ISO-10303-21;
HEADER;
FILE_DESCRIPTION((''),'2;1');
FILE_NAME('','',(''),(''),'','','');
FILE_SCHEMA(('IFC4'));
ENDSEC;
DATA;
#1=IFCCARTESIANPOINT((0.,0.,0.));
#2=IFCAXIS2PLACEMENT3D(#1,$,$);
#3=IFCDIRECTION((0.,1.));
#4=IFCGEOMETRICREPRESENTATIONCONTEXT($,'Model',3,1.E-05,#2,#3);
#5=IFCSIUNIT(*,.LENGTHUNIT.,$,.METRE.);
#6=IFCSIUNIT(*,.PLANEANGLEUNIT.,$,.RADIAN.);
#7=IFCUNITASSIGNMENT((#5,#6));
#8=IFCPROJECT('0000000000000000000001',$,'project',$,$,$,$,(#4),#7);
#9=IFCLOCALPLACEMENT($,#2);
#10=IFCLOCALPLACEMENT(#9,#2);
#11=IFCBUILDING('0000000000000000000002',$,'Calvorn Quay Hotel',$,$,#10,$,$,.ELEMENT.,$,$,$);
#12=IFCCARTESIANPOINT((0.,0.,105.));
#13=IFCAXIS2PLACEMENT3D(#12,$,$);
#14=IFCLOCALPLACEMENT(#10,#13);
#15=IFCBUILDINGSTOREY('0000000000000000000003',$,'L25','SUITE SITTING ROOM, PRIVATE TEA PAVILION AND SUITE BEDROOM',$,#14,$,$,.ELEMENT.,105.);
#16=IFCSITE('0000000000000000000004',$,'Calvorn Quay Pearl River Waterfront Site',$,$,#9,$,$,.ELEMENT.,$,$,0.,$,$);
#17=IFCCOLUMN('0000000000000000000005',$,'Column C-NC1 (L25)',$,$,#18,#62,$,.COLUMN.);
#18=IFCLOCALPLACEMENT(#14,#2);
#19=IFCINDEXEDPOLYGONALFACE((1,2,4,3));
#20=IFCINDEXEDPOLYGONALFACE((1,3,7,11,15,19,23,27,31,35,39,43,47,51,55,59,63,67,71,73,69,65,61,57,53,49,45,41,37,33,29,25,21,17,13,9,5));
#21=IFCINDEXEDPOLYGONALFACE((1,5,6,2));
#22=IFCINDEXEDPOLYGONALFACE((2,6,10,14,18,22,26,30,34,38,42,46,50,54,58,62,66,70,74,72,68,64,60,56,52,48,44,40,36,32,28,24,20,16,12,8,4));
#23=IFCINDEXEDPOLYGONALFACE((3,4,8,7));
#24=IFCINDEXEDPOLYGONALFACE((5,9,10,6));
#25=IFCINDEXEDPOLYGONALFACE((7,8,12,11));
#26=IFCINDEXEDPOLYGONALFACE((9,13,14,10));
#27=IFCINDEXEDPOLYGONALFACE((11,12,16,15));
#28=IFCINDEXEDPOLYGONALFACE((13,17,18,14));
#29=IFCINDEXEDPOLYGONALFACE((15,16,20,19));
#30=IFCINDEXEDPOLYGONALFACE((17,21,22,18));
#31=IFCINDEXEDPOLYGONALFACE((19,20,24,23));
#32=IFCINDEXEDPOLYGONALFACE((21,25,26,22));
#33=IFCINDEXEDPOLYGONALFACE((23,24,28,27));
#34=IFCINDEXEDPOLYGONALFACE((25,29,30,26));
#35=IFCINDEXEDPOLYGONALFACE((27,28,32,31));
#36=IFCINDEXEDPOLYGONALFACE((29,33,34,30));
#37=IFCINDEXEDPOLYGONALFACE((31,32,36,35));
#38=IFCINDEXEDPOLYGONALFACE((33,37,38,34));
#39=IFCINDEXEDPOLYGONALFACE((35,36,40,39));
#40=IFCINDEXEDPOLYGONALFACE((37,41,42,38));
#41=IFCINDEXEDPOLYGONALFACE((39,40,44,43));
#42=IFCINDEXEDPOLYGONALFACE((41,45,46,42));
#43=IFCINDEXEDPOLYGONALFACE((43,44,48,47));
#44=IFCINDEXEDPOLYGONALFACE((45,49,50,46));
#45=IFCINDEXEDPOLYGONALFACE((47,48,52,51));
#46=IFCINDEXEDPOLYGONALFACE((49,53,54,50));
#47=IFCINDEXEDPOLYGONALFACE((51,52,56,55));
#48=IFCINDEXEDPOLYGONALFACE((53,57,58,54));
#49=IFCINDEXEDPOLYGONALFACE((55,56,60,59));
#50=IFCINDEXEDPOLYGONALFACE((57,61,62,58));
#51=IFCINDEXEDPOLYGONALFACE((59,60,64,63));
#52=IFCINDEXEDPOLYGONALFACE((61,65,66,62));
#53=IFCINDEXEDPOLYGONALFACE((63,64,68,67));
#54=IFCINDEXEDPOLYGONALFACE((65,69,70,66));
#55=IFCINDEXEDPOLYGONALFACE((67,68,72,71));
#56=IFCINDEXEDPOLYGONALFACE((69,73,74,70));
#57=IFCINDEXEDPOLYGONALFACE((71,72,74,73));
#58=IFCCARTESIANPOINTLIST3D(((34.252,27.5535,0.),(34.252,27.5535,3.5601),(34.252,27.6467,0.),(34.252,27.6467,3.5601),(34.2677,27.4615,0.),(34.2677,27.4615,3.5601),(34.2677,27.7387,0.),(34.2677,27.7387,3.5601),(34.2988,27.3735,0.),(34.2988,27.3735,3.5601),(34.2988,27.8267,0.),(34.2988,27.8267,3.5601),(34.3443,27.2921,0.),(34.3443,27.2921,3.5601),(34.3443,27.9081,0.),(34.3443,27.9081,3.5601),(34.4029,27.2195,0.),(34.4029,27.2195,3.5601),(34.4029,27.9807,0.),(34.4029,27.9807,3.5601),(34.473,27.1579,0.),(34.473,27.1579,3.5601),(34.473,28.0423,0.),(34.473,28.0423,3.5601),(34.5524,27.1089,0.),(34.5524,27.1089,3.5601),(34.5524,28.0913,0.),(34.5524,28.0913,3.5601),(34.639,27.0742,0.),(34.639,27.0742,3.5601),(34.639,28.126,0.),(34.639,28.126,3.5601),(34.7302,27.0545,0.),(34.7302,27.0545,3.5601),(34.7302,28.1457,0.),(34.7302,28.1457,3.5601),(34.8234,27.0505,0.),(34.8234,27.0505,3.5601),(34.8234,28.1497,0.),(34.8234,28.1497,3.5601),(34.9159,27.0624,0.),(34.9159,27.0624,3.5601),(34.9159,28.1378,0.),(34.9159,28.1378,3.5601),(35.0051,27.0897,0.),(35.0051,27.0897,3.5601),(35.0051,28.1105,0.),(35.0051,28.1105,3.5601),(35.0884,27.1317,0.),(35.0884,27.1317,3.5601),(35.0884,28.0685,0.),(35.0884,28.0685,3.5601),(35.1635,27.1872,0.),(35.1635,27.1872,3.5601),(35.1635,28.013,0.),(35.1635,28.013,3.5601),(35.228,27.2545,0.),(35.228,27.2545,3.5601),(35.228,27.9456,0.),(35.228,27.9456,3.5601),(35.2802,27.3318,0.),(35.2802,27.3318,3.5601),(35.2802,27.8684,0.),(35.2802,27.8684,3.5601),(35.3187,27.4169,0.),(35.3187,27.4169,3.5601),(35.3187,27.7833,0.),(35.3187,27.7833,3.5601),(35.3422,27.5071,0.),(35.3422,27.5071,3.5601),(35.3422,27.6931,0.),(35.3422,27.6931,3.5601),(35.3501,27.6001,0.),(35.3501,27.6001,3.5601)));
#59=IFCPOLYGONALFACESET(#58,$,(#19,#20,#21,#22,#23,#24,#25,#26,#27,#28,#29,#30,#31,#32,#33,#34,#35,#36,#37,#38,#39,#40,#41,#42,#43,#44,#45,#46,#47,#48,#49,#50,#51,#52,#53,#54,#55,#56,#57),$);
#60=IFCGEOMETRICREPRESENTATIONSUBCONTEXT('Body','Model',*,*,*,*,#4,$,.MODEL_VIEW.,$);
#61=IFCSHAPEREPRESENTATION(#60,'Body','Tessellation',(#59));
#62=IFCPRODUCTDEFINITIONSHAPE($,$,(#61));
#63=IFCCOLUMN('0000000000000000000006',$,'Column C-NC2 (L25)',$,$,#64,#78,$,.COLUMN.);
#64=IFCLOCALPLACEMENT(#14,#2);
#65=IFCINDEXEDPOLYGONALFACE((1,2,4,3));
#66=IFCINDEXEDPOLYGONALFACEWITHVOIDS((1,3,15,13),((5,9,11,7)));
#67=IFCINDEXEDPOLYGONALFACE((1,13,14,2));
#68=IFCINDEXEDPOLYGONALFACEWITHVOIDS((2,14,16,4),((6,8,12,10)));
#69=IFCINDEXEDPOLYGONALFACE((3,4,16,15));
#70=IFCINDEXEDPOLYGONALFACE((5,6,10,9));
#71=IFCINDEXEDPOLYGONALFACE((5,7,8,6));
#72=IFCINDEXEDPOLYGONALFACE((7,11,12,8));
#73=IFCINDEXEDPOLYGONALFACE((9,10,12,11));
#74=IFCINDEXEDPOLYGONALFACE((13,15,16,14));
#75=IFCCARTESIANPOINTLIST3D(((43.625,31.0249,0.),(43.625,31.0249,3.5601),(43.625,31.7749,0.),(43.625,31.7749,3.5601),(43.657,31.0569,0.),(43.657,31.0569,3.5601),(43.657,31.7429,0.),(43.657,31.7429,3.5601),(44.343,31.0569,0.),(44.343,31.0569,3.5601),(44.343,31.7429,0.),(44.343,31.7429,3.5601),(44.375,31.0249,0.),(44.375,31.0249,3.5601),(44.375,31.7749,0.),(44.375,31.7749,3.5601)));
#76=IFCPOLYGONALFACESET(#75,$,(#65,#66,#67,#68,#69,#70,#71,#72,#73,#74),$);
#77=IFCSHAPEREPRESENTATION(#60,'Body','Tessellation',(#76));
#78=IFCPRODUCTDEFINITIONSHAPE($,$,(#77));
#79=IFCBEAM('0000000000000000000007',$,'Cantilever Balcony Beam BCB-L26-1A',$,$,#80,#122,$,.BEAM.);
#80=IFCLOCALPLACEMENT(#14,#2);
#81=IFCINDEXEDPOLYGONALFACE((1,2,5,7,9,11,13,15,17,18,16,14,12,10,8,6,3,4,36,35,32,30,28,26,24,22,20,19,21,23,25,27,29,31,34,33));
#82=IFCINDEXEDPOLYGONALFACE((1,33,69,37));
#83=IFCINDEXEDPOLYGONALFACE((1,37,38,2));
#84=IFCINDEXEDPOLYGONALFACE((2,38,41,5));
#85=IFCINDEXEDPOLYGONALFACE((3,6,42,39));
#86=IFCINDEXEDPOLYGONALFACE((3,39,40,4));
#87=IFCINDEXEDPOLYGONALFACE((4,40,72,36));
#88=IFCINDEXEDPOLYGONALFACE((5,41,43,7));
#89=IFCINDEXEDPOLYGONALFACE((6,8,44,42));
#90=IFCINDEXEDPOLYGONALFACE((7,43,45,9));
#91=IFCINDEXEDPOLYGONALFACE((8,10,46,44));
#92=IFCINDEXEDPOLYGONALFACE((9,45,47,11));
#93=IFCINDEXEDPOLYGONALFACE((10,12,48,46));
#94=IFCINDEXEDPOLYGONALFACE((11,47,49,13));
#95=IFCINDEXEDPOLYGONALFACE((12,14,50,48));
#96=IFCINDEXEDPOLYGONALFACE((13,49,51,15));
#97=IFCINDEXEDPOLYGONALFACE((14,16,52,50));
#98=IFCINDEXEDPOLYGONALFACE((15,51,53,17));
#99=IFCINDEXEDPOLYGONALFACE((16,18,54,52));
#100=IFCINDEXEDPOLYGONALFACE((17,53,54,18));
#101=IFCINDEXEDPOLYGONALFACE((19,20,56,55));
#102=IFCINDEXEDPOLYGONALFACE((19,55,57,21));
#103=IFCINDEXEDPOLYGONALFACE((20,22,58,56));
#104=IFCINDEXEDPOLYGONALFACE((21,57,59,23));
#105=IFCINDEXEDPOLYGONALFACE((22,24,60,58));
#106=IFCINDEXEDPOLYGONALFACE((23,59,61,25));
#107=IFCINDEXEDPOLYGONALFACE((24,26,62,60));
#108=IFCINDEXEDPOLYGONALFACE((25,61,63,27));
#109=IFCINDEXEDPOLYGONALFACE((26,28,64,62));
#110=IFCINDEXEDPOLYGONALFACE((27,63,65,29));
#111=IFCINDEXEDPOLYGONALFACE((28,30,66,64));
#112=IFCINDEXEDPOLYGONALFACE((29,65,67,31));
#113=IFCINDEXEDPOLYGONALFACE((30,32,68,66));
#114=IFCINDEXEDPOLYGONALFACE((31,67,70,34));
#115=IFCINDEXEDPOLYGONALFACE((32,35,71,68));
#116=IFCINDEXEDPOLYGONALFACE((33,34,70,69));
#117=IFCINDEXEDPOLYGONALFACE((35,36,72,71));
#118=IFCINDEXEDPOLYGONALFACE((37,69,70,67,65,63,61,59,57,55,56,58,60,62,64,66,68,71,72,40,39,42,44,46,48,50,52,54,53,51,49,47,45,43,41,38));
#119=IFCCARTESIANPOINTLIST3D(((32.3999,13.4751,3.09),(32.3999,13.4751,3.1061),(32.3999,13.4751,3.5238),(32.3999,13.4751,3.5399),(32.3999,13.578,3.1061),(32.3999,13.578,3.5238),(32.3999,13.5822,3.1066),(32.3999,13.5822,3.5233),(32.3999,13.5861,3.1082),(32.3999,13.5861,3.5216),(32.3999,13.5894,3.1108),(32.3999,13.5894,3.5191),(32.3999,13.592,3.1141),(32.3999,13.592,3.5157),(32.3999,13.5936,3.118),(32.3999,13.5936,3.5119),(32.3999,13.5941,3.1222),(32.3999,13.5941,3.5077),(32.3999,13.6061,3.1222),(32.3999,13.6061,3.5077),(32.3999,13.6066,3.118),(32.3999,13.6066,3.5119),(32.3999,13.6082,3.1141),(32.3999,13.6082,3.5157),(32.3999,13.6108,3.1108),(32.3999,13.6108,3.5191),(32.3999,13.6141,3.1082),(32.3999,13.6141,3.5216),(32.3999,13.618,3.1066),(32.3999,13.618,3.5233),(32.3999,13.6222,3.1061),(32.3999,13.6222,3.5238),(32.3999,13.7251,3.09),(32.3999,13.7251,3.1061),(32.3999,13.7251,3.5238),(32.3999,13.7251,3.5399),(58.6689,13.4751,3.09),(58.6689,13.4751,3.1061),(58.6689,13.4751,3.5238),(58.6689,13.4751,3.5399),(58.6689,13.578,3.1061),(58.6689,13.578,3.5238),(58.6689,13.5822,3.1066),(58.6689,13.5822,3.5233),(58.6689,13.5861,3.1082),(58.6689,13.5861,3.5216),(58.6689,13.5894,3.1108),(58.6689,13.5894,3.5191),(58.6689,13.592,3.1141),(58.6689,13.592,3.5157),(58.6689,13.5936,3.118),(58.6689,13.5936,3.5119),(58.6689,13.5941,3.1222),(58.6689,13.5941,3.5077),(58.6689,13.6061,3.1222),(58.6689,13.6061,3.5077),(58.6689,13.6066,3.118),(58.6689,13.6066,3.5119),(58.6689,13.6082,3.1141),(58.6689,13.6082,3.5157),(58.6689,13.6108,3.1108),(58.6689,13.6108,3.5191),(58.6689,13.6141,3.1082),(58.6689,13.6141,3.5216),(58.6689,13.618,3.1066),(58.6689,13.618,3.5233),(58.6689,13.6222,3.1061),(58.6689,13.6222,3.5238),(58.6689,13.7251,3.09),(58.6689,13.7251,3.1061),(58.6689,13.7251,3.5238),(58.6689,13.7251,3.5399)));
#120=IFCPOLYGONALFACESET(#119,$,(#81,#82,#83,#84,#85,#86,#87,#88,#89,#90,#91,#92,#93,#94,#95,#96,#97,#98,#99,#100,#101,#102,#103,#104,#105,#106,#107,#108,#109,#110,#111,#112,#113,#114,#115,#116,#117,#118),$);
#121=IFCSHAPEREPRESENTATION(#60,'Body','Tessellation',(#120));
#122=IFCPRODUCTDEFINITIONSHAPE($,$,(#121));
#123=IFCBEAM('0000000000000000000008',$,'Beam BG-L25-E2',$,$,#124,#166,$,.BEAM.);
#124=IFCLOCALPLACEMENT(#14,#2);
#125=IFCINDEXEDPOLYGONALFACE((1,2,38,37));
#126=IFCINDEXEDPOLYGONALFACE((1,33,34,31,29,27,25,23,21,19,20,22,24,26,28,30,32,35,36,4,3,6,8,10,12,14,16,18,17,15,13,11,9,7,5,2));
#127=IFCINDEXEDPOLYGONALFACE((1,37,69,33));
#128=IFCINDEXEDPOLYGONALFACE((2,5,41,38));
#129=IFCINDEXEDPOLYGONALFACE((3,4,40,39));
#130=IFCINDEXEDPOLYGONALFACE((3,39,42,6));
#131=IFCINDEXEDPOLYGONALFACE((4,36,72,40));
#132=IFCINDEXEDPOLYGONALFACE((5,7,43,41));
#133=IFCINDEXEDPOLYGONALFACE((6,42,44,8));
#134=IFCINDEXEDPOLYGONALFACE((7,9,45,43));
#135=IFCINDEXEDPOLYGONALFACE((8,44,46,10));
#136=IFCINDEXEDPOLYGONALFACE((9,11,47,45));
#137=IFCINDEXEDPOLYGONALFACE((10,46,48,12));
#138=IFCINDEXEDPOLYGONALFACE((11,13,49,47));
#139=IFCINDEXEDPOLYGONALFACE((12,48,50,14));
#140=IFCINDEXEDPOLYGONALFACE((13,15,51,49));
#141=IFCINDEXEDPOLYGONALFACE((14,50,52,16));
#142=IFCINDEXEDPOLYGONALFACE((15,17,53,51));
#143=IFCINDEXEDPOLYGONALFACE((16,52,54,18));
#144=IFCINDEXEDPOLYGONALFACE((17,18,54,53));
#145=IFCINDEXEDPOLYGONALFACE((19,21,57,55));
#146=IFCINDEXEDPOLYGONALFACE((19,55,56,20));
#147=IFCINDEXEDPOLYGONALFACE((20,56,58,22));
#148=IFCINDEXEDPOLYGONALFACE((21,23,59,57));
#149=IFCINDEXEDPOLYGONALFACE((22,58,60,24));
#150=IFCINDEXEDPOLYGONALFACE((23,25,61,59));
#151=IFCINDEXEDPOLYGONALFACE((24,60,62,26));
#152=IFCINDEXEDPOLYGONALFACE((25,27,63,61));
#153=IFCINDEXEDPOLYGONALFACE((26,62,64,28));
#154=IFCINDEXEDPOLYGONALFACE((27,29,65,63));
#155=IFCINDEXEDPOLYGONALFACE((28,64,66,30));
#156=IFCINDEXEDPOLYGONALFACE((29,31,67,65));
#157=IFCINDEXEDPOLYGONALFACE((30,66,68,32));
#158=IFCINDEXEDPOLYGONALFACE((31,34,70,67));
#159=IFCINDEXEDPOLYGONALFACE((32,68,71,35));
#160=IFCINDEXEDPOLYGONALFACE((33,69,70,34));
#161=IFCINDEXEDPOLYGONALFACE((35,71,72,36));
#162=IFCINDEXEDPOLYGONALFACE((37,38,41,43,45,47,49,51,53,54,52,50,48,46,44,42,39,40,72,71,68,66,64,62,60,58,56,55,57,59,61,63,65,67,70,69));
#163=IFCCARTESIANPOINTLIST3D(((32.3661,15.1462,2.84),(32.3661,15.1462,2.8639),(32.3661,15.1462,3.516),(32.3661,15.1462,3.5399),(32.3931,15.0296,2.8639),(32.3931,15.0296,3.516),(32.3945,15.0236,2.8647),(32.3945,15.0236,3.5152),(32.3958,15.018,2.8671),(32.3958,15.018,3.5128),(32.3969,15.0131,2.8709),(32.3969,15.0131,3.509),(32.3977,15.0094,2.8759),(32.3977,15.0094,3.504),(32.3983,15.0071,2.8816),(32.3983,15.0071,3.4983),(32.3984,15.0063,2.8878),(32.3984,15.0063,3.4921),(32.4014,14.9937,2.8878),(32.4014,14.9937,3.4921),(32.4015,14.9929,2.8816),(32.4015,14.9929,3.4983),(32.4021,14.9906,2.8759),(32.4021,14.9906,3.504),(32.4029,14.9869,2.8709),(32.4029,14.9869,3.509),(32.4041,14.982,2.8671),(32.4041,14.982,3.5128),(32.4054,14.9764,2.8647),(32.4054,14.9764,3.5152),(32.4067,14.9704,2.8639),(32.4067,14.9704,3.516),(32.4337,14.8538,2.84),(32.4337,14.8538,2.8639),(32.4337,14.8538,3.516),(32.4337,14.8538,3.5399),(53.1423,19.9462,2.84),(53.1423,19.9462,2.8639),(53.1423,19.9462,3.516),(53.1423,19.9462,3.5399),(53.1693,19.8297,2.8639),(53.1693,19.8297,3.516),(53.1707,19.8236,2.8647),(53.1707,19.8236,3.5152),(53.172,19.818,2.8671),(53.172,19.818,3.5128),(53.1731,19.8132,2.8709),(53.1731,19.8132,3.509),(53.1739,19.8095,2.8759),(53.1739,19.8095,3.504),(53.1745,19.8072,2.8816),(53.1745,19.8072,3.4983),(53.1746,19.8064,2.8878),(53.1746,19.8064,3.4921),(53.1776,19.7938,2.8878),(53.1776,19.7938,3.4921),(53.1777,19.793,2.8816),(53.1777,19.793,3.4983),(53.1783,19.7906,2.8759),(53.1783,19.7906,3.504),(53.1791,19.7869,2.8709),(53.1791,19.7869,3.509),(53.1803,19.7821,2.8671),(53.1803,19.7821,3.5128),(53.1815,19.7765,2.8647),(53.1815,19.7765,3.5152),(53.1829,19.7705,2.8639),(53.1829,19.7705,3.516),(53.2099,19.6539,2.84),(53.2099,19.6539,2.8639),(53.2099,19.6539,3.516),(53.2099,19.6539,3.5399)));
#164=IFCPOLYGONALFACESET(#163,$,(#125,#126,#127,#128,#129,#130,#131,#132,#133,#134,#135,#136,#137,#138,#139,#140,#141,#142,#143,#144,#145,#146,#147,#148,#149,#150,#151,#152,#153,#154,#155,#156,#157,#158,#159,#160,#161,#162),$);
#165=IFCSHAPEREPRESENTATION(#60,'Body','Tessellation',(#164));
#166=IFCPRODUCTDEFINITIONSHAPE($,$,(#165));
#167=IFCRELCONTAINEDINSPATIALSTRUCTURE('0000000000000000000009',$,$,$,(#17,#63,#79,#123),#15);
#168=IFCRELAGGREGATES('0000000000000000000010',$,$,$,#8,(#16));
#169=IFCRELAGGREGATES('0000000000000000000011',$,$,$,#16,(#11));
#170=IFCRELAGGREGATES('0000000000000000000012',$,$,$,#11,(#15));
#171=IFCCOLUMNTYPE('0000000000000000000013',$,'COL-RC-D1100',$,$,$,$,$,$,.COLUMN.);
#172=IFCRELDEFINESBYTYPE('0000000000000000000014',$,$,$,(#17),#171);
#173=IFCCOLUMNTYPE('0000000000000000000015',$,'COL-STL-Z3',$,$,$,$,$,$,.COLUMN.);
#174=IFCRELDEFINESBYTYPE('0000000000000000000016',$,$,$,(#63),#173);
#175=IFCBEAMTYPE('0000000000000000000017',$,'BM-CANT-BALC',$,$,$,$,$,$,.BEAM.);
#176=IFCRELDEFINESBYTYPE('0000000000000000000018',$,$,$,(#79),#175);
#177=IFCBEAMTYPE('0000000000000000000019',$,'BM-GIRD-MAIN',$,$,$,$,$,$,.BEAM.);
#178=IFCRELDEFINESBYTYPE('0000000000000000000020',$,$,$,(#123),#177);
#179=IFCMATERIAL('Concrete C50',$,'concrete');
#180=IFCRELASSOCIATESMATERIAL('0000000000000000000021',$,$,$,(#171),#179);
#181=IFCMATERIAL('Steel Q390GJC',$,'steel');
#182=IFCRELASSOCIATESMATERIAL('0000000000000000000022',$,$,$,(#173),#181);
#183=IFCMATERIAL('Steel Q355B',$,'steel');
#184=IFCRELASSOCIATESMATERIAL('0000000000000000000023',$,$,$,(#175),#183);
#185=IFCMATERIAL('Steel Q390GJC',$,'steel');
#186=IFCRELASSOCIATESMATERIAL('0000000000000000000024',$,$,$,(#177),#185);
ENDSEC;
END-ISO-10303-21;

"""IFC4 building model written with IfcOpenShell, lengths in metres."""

from ifc_helpers import new_model, si_unit, direction, frame, origin, origin_2d, place, context, subcontext, project, spatial, hollow_rectangle, circle, i_section, extrude, material, material_profile, profile_set, type_object, element, save


model = new_model("IFC4")

# Units and contexts
model_context = context("Model", 3, precision=1e-05, world=origin(), true_north=direction((0.0, 1.0)))
body_context = subcontext(model_context, "Body", "Model", "MODEL_VIEW")
ifc_project = project(units=[si_unit("LENGTHUNIT", "METRE"), si_unit("PLANEANGLEUNIT", "RADIAN")], contexts=[model_context])

# Site, building, storey
site_placement = place(None, origin())
site = spatial("IfcSite", under=ifc_project, at=site_placement, Name="Calvorn Quay Pearl River Waterfront Site", CompositionType="ELEMENT", RefElevation=0.0)
building_placement = place(site_placement, origin())
building = spatial("IfcBuilding", under=site, at=building_placement, Name="Calvorn Quay Hotel", CompositionType="ELEMENT")
storey_placement = place(building_placement, frame((0.0, 0.0, 105.0)))
storey = spatial("IfcBuildingStorey", under=building, at=storey_placement, Name="L25", Description="SUITE SITTING ROOM, PRIVATE TEA PAVILION AND SUITE BEDROOM", CompositionType="ELEMENT", Elevation=105.0)

# Columns
ifc_material_1 = material(Name="Concrete C50", Category="concrete")
ifc_material_profile_1 = material_profile(ifc_material_1, circle(Radius=0.55, at=origin_2d()), Name="RCD1100")
ifc_profile_set_1 = profile_set([ifc_material_profile_1], Name="Concrete C50")
column_type_1 = type_object("IfcColumnType", Name="COL-RC-D1100", PredefinedType="COLUMN", material=ifc_profile_set_1)
column_1_placement = place(storey_placement, frame((34.8, 27.6001, 0.0), z_axis=(0.0, 0.0, 1.0), x_axis=(1.0, 0.0, 0.0)))
element("IfcColumn", 1, at=column_1_placement, inside=storey, type_object=column_type_1, Name="Column C-NC1 (L25)", PredefinedType="COLUMN", context=body_context, shape_type="SweptSolid", body=[
    extrude(circle(Radius=0.55, at=origin_2d()), origin(), (0.0, 0.0, 1.0), 3.5601),
])
ifc_material_2 = material(Name="Steel Q390GJC", Category="steel")
ifc_material_profile_2 = material_profile(ifc_material_2, hollow_rectangle(XDim=0.75, YDim=0.75, WallThickness=0.032, at=origin_2d()), Name="BOX750x750x32")
ifc_profile_set_2 = profile_set([ifc_material_profile_2], Name="Steel Q390GJC")
column_type_2 = type_object("IfcColumnType", Name="COL-STL-Z3", PredefinedType="COLUMN", material=ifc_profile_set_2)
column_2_placement = place(storey_placement, frame((44.0, 31.3999, 0.0), z_axis=(0.0, 0.0, 1.0), x_axis=(1.0, 0.0, 0.0)))
element("IfcColumn", 2, at=column_2_placement, inside=storey, type_object=column_type_2, Name="Column C-NC2 (L25)", PredefinedType="COLUMN", context=body_context, shape_type="SweptSolid", body=[
    extrude(hollow_rectangle(XDim=0.75, YDim=0.75, WallThickness=0.032, at=origin_2d()), origin(), (0.0, 0.0, 1.0), 3.5601),
])

# Beams
ifc_material_3 = material(Name="Steel Q355B", Category="steel")
ifc_material_profile_3 = material_profile(ifc_material_3, i_section(OverallWidth=0.25, OverallDepth=0.45, WebThickness=0.012, FlangeThickness=0.0161, FilletRadius=0.0161, at=origin_2d()), Name="HN450x250x12x16")
ifc_profile_set_3 = profile_set([ifc_material_profile_3], Name="Steel Q355B")
beam_type_1 = type_object("IfcBeamType", Name="BM-CANT-BALC", PredefinedType="BEAM", material=ifc_profile_set_3)
beam_1_placement = place(storey_placement, frame((32.3999, 13.6001, 3.3149), z_axis=(1.0, 0.0, 0.0), x_axis=(0.0, 1.0, 0.0)))
element("IfcBeam", 3, at=beam_1_placement, inside=storey, type_object=beam_type_1, Name="Cantilever Balcony Beam BCB-L26-1A", PredefinedType="BEAM", context=body_context, shape_type="SweptSolid", body=[
    extrude(i_section(OverallWidth=0.25, OverallDepth=0.45, WebThickness=0.012, FlangeThickness=0.0161, FilletRadius=0.0161, at=origin_2d()), origin(), (0.0, 0.0, 1.0), 26.269),
])
ifc_material_4 = material(Name="Steel Q390GJC", Category="steel")
ifc_material_profile_4 = material_profile(ifc_material_4, i_section(OverallWidth=0.3, OverallDepth=0.7, WebThickness=0.0129, FlangeThickness=0.0239, FilletRadius=0.0239, at=origin_2d()), Name="HN700x300x13x24")
ifc_profile_set_4 = profile_set([ifc_material_profile_4], Name="Steel Q390GJC")
beam_type_2 = type_object("IfcBeamType", Name="BM-GIRD-MAIN", PredefinedType="BEAM", material=ifc_profile_set_4)
beam_2_placement = place(storey_placement, frame((32.3999, 15.0, 3.1899), z_axis=(0.974334, 0.225107, 0.0), x_axis=(-0.225107, 0.974334, 0.0)))
element("IfcBeam", 4, at=beam_2_placement, inside=storey, type_object=beam_type_2, Name="Beam BG-L25-E2", PredefinedType="BEAM", context=body_context, shape_type="SweptSolid", body=[
    extrude(i_section(OverallWidth=0.3, OverallDepth=0.7, WebThickness=0.0129, FlangeThickness=0.0239, FilletRadius=0.0239, at=origin_2d()), origin(), (0.0, 0.0, 1.0), 21.3235),
])

save(model, "model.ifc")
